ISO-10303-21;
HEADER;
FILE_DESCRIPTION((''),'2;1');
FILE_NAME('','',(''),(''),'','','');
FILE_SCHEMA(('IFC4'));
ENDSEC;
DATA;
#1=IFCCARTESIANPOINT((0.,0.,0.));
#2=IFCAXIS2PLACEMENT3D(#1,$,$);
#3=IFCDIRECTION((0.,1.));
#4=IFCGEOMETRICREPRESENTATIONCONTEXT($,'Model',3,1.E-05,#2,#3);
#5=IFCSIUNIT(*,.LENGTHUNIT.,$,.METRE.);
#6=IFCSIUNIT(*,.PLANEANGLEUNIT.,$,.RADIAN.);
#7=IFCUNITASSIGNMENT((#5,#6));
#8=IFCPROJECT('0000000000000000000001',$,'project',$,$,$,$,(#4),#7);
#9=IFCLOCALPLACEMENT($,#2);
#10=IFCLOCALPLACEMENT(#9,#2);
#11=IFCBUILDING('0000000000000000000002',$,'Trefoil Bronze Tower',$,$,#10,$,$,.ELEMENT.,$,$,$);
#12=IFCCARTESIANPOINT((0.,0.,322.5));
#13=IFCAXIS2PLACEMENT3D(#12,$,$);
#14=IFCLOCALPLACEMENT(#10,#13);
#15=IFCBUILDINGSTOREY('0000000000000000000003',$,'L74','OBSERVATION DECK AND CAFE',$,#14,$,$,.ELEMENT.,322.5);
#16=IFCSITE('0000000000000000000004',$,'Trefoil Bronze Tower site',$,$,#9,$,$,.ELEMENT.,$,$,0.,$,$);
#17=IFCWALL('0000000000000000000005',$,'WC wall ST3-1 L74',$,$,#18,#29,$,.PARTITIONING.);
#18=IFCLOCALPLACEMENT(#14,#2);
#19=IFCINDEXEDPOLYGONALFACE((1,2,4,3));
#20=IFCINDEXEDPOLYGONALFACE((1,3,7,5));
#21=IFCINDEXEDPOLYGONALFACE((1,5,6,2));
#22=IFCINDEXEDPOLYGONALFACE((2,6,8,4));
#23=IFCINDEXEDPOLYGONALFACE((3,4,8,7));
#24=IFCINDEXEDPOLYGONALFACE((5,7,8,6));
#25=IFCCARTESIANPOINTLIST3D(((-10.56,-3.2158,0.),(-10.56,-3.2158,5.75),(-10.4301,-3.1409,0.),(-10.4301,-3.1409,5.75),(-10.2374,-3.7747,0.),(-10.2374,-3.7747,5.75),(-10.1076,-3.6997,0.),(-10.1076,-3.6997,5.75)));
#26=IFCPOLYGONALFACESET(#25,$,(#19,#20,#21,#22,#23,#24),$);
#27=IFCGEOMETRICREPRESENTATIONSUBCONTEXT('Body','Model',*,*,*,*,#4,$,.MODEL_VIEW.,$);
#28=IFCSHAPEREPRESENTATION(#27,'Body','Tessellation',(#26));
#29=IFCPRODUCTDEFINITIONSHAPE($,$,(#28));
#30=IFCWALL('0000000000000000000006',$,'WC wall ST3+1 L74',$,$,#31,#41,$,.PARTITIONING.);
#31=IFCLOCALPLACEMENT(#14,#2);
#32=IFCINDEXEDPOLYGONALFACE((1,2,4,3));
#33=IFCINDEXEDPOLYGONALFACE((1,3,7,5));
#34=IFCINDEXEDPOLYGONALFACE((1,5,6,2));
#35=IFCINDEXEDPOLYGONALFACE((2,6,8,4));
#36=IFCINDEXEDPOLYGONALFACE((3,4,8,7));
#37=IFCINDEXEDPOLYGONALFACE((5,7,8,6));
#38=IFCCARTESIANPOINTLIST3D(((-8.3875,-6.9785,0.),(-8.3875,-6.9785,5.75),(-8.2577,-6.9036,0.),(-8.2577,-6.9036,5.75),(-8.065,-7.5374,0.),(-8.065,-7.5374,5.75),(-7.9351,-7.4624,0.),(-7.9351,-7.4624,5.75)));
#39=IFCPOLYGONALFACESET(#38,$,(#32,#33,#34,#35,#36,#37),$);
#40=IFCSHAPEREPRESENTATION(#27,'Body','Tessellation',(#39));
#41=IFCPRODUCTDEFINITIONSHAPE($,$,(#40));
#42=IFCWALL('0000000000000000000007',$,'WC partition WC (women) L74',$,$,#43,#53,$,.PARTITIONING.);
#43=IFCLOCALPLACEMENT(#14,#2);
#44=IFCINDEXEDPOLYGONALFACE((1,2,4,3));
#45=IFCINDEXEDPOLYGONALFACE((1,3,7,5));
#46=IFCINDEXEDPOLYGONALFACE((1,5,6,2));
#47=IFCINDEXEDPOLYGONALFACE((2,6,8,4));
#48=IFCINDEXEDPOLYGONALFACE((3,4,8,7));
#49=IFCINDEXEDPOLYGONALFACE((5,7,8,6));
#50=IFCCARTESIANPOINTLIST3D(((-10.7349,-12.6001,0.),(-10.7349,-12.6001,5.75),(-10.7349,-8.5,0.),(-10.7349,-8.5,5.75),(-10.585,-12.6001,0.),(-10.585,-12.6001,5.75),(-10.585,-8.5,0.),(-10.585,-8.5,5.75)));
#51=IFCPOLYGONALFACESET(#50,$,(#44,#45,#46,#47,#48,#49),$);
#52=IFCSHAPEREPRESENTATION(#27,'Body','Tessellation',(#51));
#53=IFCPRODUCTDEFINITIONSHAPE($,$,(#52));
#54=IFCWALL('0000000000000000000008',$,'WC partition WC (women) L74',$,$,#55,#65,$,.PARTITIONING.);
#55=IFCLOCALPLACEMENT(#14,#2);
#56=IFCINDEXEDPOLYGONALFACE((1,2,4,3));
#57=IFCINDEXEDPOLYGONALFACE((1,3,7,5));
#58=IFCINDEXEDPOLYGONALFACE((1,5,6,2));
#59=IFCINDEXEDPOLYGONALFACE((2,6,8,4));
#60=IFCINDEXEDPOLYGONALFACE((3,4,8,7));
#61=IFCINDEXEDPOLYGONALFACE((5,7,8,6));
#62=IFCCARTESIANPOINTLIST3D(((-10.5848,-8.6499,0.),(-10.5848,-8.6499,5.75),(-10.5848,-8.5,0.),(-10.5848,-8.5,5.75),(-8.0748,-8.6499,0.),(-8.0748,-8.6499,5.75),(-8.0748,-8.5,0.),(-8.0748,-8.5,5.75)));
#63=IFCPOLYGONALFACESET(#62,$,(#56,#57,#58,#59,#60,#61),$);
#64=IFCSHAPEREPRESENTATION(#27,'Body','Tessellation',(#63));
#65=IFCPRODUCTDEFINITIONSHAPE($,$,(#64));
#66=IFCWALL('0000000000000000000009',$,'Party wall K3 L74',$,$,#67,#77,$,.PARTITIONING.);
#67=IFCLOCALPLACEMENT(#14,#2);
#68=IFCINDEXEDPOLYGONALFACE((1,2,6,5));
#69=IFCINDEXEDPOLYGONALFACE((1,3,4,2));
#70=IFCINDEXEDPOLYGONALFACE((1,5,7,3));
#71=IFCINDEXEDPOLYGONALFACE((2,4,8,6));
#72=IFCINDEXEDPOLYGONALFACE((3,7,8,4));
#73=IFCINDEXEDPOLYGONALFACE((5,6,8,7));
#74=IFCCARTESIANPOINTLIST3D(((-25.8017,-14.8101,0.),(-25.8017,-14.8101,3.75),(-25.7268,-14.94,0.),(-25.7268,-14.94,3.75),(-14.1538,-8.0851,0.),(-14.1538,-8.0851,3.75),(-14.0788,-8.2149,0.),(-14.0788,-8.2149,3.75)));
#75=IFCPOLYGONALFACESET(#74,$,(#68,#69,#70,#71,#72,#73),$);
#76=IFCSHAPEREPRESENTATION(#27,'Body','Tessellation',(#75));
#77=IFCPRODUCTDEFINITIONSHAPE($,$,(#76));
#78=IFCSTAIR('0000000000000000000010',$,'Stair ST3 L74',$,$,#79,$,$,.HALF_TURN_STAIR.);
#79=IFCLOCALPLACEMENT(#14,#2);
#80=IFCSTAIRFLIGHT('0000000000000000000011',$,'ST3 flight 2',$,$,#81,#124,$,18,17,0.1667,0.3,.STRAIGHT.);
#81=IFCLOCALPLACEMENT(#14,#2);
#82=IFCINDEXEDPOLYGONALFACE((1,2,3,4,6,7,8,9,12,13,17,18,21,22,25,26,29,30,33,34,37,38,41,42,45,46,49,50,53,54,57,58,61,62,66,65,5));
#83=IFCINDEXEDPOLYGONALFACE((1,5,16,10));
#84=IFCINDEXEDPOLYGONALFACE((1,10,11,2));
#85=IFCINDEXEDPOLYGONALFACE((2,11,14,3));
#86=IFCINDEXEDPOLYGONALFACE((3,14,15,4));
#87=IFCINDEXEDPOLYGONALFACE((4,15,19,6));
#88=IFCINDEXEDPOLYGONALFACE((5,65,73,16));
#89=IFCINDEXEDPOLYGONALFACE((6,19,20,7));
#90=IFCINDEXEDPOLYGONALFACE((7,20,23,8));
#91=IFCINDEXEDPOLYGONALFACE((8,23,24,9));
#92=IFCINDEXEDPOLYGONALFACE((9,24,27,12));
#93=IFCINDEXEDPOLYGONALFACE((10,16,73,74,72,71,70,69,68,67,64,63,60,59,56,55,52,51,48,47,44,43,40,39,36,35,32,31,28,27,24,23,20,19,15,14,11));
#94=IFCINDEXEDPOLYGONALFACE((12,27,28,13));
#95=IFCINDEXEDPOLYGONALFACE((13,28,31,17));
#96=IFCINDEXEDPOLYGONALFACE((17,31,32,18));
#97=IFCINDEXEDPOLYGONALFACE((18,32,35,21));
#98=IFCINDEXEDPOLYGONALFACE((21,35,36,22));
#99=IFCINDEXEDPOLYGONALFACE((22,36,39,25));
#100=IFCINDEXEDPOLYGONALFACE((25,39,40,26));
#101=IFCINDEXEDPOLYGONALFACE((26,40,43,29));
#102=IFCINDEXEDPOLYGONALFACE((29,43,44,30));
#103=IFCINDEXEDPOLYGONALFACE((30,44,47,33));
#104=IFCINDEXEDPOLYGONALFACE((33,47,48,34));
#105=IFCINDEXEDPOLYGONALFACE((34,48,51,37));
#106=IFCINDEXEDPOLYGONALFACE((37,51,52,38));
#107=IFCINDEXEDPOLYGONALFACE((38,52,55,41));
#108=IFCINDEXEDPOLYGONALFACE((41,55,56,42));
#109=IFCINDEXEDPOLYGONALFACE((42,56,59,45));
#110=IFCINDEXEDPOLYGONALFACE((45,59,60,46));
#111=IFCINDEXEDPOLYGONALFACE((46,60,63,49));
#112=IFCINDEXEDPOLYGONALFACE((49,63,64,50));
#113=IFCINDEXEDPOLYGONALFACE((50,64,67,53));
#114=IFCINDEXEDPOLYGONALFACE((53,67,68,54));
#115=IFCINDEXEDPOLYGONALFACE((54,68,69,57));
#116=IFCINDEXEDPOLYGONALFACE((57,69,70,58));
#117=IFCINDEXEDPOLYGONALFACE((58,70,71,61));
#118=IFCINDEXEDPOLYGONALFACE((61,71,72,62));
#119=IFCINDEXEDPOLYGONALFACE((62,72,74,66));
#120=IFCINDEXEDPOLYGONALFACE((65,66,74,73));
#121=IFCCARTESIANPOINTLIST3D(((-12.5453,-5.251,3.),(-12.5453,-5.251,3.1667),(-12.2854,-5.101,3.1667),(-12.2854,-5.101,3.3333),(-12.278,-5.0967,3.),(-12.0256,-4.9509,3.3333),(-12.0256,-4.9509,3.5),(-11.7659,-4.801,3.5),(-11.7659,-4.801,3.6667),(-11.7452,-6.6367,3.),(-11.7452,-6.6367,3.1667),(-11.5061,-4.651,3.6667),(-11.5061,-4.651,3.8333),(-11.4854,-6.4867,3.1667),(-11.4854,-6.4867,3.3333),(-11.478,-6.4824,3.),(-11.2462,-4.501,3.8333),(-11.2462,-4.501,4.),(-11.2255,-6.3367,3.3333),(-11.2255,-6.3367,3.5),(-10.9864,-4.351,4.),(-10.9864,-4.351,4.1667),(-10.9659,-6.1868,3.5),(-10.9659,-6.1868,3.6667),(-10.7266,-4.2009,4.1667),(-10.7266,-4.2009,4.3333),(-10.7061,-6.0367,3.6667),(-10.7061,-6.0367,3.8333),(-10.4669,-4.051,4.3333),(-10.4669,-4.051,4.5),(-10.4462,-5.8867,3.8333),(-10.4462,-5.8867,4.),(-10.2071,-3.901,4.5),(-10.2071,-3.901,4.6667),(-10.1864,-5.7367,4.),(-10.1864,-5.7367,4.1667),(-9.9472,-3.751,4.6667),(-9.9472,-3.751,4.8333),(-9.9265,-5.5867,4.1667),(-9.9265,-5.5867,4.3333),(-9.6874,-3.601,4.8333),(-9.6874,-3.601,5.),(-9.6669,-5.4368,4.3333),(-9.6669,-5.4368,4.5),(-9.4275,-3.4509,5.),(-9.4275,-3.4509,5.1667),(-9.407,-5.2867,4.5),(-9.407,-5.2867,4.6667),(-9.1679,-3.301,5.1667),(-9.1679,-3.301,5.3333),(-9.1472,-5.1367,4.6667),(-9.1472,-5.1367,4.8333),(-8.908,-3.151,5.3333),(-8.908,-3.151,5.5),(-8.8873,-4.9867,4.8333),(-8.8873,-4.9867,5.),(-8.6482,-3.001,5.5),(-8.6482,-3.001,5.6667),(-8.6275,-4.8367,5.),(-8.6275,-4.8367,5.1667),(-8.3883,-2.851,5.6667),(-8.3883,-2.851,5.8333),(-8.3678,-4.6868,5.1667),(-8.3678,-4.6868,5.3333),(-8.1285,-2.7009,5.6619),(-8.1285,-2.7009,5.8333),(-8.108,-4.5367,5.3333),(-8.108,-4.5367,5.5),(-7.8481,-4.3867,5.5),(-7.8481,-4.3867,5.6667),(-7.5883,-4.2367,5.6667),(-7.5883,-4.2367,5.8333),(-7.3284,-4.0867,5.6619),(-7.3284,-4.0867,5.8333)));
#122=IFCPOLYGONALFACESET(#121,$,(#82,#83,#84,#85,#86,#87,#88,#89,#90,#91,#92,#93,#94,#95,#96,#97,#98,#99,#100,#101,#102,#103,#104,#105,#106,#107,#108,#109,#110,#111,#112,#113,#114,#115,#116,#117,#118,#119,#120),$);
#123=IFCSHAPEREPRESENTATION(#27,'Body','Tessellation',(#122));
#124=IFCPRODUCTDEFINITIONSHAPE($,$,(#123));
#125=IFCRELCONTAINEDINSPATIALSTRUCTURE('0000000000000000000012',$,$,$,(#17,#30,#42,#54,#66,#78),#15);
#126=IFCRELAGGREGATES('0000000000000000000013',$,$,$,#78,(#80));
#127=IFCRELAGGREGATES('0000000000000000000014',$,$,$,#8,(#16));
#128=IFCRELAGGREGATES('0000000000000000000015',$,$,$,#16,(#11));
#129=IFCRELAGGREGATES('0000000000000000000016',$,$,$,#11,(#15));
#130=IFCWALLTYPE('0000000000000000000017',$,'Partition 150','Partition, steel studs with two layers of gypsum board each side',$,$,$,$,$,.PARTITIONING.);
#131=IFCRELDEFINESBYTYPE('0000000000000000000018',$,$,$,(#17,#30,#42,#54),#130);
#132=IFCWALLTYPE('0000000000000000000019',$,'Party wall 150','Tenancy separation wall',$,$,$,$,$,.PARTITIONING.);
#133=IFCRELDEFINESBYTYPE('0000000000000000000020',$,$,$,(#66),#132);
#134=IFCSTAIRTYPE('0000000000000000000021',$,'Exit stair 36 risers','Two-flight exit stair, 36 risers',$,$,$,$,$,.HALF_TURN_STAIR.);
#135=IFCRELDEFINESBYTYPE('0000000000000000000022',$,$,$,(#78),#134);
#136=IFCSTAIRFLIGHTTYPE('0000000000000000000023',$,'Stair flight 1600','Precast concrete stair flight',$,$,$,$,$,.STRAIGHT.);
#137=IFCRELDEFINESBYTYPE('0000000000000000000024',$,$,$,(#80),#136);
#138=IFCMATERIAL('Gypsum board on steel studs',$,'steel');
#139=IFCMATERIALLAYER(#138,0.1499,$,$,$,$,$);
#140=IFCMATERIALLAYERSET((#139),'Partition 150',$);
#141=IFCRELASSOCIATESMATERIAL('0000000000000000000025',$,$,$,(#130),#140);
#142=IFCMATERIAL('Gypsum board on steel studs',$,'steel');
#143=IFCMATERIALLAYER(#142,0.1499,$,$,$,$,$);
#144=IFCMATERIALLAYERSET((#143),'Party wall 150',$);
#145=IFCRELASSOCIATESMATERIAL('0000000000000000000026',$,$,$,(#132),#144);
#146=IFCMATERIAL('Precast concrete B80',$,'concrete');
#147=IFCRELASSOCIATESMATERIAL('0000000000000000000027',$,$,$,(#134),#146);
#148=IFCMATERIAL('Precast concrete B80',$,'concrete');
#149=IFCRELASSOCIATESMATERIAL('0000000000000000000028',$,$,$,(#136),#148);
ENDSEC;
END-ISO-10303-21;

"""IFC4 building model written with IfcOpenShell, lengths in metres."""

from ifc_helpers import new_model, si_unit, direction, frame, frame_2d, origin, place, context, subcontext, project, spatial, polyline, rectangle, outline, extrude, material, layer, layer_set, type_object, element, aggregate, save


model = new_model("IFC4")

# Units and contexts
model_context = context("Model", 3, precision=1e-05, world=origin(), true_north=direction((0.0, 1.0)))
body_context = subcontext(model_context, "Body", "Model", "MODEL_VIEW")
ifc_project = project(units=[si_unit("LENGTHUNIT", "METRE"), si_unit("PLANEANGLEUNIT", "RADIAN")], contexts=[model_context])

# Site, building, storey
site_placement = place(None, origin())
site = spatial("IfcSite", under=ifc_project, at=site_placement, Name="Trefoil Bronze Tower site", CompositionType="ELEMENT", RefElevation=0.0)
building_placement = place(site_placement, origin())
building = spatial("IfcBuilding", under=site, at=building_placement, Name="Trefoil Bronze Tower", CompositionType="ELEMENT")
storey_placement = place(building_placement, frame((0.0, 0.0, 322.5)))
storey = spatial("IfcBuildingStorey", under=building, at=storey_placement, Name="L74", Description="OBSERVATION DECK AND CAFE", CompositionType="ELEMENT", Elevation=322.5)

# Shared definitions
ifc_material_1 = material(Name="Gypsum board on steel studs", Category="steel")
ifc_layer_1 = layer(ifc_material_1, 0.1499)
ifc_layer_set_1 = layer_set([ifc_layer_1], Name="Partition 150")
wall_type_1 = type_object("IfcWallType", Name="Partition 150", Description="Partition, steel studs with two layers of gypsum board each side", PredefinedType="PARTITIONING", material=ifc_layer_set_1)

# Walls
for number, where, z_axis, x_axis, name in (
    (1, (-10.4951, -3.1782, 0.0), (0.0, 0.0, 1.0), (0.499843, -0.866116, 0.0), "WC wall ST3-1 L74"),
    (2, (-8.0, -7.5, 0.0), (0.0, 0.0, 1.0), (-0.499843, 0.866116, 0.0), "WC wall ST3+1 L74"),
):
    element("IfcWall", number, at=place(storey_placement, frame(where, z_axis=z_axis, x_axis=x_axis)), inside=storey, type_object=wall_type_1, Name=name, PredefinedType="PARTITIONING", context=body_context, shape_type="SweptSolid", body=[
        extrude(rectangle(XDim=0.6453, YDim=0.1499, at=frame_2d((0.3228, 0.0))), origin(), (0.0, 0.0, 1.0), 5.75),
    ])
wall_1_placement = place(storey_placement, frame((-10.6599, -8.5, 0.0), z_axis=(0.0, 0.0, 1.0), x_axis=(0.0, -1.0, 0.0)))
element("IfcWall", 3, at=wall_1_placement, inside=storey, type_object=wall_type_1, Name="WC partition WC (women) L74", PredefinedType="PARTITIONING", context=body_context, shape_type="SweptSolid", body=[
    extrude(rectangle(XDim=4.1001, YDim=0.1499, at=frame_2d((2.05, 0.0))), origin(), (0.0, 0.0, 1.0), 5.75),
])
wall_2_placement = place(storey_placement, frame((-8.075, -8.575, 0.0), z_axis=(0.0, 0.0, 1.0), x_axis=(-1.0, 0.0, 0.0)))
element("IfcWall", 4, at=wall_2_placement, inside=storey, type_object=wall_type_1, Name="WC partition WC (women) L74", PredefinedType="PARTITIONING", context=body_context, shape_type="SweptSolid", body=[
    extrude(rectangle(XDim=2.51, YDim=0.1499, at=frame_2d((1.2549, 0.0))), origin(), (0.0, 0.0, 1.0), 5.75),
])
ifc_material_2 = material(Name="Gypsum board on steel studs", Category="steel")
ifc_layer_2 = layer(ifc_material_2, 0.1499)
ifc_layer_set_2 = layer_set([ifc_layer_2], Name="Party wall 150")
wall_type_2 = type_object("IfcWallType", Name="Party wall 150", Description="Tenancy separation wall", PredefinedType="PARTITIONING", material=ifc_layer_set_2)
wall_3_placement = place(storey_placement, frame((-14.1162, -8.1499, 0.0), z_axis=(0.0, 0.0, 1.0), x_axis=(-0.866021, -0.500008, 0.0)))
element("IfcWall", 5, at=wall_3_placement, inside=storey, type_object=wall_type_2, Name="Party wall K3 L74", PredefinedType="PARTITIONING", context=body_context, shape_type="SweptSolid", body=[
    extrude(rectangle(XDim=13.45, YDim=0.1499, at=frame_2d((6.7251, 0.0))), origin(), (0.0, 0.0, 1.0), 3.75),
])

# Stair, stair flight
ifc_material_3 = material(Name="Precast concrete B80", Category="concrete")
stair_type = type_object("IfcStairType", Name="Exit stair 36 risers", Description="Two-flight exit stair, 36 risers", PredefinedType="HALF_TURN_STAIR", material=ifc_material_3)
stair_placement = place(storey_placement, origin())
stair = element("IfcStair", 6, at=stair_placement, inside=storey, type_object=stair_type, Name="Stair ST3 L74", PredefinedType="HALF_TURN_STAIR")
ifc_material_4 = material(Name="Precast concrete B80", Category="concrete")
stair_flight_type = type_object("IfcStairFlightType", Name="Stair flight 1600", Description="Precast concrete stair flight", PredefinedType="STRAIGHT", material=ifc_material_4)
stair_flight_placement = place(storey_placement, frame((-12.1453, -5.9438, 3.0), z_axis=(0.0, 0.0, 1.0), x_axis=(0.866025, 0.5, 0.0)))
stair_flight = element("IfcStairFlight", 7, at=stair_flight_placement, type_object=stair_flight_type, Name="ST3 flight 2", NumberOfRisers=18, NumberOfTreads=17, PredefinedType="STRAIGHT", RiserHeight=0.1667, TreadLength=0.3, context=body_context, shape_type="SweptSolid", body=[
    extrude(outline(polyline([(0.0, 0.0), (0.0, 0.1667), (0.3, 0.1667), (0.3, 0.3333), (0.6001, 0.3333), (0.6001, 0.5), (0.8999, 0.5), (0.8999, 0.6667), (1.2, 0.6667), (1.2, 0.8333), (1.5, 0.8333), (1.5, 1.0), (1.8, 1.0), (1.8, 1.1667), (2.1001, 1.1667), (2.1001, 1.3333), (2.3999, 1.3333), (2.3999, 1.5), (2.7, 1.5), (2.7, 1.6667), (3.0, 1.6667), (3.0, 1.8333), (3.3, 1.8333), (3.3, 2.0), (3.6001, 2.0), (3.6001, 2.1667), (3.8999, 2.1667), (3.8999, 2.3333), (4.2, 2.3333), (4.2, 2.5), (4.5, 2.5), (4.5, 2.6667), (4.8, 2.6667), (4.8, 2.8333), (5.1001, 2.8333), (5.1001, 3.0), (5.1001, 2.6619), (0.3086, 0.0), (0.0, 0.0)])), frame((0.0, 0.8, 0.0), z_axis=(0.0, -1.0, 0.0), x_axis=(1.0, 0.0, 0.0)), (0.0, 0.0, 1.0), 1.6001),
])
aggregate(stair, [stair_flight])

save(model, "model.ifc")
